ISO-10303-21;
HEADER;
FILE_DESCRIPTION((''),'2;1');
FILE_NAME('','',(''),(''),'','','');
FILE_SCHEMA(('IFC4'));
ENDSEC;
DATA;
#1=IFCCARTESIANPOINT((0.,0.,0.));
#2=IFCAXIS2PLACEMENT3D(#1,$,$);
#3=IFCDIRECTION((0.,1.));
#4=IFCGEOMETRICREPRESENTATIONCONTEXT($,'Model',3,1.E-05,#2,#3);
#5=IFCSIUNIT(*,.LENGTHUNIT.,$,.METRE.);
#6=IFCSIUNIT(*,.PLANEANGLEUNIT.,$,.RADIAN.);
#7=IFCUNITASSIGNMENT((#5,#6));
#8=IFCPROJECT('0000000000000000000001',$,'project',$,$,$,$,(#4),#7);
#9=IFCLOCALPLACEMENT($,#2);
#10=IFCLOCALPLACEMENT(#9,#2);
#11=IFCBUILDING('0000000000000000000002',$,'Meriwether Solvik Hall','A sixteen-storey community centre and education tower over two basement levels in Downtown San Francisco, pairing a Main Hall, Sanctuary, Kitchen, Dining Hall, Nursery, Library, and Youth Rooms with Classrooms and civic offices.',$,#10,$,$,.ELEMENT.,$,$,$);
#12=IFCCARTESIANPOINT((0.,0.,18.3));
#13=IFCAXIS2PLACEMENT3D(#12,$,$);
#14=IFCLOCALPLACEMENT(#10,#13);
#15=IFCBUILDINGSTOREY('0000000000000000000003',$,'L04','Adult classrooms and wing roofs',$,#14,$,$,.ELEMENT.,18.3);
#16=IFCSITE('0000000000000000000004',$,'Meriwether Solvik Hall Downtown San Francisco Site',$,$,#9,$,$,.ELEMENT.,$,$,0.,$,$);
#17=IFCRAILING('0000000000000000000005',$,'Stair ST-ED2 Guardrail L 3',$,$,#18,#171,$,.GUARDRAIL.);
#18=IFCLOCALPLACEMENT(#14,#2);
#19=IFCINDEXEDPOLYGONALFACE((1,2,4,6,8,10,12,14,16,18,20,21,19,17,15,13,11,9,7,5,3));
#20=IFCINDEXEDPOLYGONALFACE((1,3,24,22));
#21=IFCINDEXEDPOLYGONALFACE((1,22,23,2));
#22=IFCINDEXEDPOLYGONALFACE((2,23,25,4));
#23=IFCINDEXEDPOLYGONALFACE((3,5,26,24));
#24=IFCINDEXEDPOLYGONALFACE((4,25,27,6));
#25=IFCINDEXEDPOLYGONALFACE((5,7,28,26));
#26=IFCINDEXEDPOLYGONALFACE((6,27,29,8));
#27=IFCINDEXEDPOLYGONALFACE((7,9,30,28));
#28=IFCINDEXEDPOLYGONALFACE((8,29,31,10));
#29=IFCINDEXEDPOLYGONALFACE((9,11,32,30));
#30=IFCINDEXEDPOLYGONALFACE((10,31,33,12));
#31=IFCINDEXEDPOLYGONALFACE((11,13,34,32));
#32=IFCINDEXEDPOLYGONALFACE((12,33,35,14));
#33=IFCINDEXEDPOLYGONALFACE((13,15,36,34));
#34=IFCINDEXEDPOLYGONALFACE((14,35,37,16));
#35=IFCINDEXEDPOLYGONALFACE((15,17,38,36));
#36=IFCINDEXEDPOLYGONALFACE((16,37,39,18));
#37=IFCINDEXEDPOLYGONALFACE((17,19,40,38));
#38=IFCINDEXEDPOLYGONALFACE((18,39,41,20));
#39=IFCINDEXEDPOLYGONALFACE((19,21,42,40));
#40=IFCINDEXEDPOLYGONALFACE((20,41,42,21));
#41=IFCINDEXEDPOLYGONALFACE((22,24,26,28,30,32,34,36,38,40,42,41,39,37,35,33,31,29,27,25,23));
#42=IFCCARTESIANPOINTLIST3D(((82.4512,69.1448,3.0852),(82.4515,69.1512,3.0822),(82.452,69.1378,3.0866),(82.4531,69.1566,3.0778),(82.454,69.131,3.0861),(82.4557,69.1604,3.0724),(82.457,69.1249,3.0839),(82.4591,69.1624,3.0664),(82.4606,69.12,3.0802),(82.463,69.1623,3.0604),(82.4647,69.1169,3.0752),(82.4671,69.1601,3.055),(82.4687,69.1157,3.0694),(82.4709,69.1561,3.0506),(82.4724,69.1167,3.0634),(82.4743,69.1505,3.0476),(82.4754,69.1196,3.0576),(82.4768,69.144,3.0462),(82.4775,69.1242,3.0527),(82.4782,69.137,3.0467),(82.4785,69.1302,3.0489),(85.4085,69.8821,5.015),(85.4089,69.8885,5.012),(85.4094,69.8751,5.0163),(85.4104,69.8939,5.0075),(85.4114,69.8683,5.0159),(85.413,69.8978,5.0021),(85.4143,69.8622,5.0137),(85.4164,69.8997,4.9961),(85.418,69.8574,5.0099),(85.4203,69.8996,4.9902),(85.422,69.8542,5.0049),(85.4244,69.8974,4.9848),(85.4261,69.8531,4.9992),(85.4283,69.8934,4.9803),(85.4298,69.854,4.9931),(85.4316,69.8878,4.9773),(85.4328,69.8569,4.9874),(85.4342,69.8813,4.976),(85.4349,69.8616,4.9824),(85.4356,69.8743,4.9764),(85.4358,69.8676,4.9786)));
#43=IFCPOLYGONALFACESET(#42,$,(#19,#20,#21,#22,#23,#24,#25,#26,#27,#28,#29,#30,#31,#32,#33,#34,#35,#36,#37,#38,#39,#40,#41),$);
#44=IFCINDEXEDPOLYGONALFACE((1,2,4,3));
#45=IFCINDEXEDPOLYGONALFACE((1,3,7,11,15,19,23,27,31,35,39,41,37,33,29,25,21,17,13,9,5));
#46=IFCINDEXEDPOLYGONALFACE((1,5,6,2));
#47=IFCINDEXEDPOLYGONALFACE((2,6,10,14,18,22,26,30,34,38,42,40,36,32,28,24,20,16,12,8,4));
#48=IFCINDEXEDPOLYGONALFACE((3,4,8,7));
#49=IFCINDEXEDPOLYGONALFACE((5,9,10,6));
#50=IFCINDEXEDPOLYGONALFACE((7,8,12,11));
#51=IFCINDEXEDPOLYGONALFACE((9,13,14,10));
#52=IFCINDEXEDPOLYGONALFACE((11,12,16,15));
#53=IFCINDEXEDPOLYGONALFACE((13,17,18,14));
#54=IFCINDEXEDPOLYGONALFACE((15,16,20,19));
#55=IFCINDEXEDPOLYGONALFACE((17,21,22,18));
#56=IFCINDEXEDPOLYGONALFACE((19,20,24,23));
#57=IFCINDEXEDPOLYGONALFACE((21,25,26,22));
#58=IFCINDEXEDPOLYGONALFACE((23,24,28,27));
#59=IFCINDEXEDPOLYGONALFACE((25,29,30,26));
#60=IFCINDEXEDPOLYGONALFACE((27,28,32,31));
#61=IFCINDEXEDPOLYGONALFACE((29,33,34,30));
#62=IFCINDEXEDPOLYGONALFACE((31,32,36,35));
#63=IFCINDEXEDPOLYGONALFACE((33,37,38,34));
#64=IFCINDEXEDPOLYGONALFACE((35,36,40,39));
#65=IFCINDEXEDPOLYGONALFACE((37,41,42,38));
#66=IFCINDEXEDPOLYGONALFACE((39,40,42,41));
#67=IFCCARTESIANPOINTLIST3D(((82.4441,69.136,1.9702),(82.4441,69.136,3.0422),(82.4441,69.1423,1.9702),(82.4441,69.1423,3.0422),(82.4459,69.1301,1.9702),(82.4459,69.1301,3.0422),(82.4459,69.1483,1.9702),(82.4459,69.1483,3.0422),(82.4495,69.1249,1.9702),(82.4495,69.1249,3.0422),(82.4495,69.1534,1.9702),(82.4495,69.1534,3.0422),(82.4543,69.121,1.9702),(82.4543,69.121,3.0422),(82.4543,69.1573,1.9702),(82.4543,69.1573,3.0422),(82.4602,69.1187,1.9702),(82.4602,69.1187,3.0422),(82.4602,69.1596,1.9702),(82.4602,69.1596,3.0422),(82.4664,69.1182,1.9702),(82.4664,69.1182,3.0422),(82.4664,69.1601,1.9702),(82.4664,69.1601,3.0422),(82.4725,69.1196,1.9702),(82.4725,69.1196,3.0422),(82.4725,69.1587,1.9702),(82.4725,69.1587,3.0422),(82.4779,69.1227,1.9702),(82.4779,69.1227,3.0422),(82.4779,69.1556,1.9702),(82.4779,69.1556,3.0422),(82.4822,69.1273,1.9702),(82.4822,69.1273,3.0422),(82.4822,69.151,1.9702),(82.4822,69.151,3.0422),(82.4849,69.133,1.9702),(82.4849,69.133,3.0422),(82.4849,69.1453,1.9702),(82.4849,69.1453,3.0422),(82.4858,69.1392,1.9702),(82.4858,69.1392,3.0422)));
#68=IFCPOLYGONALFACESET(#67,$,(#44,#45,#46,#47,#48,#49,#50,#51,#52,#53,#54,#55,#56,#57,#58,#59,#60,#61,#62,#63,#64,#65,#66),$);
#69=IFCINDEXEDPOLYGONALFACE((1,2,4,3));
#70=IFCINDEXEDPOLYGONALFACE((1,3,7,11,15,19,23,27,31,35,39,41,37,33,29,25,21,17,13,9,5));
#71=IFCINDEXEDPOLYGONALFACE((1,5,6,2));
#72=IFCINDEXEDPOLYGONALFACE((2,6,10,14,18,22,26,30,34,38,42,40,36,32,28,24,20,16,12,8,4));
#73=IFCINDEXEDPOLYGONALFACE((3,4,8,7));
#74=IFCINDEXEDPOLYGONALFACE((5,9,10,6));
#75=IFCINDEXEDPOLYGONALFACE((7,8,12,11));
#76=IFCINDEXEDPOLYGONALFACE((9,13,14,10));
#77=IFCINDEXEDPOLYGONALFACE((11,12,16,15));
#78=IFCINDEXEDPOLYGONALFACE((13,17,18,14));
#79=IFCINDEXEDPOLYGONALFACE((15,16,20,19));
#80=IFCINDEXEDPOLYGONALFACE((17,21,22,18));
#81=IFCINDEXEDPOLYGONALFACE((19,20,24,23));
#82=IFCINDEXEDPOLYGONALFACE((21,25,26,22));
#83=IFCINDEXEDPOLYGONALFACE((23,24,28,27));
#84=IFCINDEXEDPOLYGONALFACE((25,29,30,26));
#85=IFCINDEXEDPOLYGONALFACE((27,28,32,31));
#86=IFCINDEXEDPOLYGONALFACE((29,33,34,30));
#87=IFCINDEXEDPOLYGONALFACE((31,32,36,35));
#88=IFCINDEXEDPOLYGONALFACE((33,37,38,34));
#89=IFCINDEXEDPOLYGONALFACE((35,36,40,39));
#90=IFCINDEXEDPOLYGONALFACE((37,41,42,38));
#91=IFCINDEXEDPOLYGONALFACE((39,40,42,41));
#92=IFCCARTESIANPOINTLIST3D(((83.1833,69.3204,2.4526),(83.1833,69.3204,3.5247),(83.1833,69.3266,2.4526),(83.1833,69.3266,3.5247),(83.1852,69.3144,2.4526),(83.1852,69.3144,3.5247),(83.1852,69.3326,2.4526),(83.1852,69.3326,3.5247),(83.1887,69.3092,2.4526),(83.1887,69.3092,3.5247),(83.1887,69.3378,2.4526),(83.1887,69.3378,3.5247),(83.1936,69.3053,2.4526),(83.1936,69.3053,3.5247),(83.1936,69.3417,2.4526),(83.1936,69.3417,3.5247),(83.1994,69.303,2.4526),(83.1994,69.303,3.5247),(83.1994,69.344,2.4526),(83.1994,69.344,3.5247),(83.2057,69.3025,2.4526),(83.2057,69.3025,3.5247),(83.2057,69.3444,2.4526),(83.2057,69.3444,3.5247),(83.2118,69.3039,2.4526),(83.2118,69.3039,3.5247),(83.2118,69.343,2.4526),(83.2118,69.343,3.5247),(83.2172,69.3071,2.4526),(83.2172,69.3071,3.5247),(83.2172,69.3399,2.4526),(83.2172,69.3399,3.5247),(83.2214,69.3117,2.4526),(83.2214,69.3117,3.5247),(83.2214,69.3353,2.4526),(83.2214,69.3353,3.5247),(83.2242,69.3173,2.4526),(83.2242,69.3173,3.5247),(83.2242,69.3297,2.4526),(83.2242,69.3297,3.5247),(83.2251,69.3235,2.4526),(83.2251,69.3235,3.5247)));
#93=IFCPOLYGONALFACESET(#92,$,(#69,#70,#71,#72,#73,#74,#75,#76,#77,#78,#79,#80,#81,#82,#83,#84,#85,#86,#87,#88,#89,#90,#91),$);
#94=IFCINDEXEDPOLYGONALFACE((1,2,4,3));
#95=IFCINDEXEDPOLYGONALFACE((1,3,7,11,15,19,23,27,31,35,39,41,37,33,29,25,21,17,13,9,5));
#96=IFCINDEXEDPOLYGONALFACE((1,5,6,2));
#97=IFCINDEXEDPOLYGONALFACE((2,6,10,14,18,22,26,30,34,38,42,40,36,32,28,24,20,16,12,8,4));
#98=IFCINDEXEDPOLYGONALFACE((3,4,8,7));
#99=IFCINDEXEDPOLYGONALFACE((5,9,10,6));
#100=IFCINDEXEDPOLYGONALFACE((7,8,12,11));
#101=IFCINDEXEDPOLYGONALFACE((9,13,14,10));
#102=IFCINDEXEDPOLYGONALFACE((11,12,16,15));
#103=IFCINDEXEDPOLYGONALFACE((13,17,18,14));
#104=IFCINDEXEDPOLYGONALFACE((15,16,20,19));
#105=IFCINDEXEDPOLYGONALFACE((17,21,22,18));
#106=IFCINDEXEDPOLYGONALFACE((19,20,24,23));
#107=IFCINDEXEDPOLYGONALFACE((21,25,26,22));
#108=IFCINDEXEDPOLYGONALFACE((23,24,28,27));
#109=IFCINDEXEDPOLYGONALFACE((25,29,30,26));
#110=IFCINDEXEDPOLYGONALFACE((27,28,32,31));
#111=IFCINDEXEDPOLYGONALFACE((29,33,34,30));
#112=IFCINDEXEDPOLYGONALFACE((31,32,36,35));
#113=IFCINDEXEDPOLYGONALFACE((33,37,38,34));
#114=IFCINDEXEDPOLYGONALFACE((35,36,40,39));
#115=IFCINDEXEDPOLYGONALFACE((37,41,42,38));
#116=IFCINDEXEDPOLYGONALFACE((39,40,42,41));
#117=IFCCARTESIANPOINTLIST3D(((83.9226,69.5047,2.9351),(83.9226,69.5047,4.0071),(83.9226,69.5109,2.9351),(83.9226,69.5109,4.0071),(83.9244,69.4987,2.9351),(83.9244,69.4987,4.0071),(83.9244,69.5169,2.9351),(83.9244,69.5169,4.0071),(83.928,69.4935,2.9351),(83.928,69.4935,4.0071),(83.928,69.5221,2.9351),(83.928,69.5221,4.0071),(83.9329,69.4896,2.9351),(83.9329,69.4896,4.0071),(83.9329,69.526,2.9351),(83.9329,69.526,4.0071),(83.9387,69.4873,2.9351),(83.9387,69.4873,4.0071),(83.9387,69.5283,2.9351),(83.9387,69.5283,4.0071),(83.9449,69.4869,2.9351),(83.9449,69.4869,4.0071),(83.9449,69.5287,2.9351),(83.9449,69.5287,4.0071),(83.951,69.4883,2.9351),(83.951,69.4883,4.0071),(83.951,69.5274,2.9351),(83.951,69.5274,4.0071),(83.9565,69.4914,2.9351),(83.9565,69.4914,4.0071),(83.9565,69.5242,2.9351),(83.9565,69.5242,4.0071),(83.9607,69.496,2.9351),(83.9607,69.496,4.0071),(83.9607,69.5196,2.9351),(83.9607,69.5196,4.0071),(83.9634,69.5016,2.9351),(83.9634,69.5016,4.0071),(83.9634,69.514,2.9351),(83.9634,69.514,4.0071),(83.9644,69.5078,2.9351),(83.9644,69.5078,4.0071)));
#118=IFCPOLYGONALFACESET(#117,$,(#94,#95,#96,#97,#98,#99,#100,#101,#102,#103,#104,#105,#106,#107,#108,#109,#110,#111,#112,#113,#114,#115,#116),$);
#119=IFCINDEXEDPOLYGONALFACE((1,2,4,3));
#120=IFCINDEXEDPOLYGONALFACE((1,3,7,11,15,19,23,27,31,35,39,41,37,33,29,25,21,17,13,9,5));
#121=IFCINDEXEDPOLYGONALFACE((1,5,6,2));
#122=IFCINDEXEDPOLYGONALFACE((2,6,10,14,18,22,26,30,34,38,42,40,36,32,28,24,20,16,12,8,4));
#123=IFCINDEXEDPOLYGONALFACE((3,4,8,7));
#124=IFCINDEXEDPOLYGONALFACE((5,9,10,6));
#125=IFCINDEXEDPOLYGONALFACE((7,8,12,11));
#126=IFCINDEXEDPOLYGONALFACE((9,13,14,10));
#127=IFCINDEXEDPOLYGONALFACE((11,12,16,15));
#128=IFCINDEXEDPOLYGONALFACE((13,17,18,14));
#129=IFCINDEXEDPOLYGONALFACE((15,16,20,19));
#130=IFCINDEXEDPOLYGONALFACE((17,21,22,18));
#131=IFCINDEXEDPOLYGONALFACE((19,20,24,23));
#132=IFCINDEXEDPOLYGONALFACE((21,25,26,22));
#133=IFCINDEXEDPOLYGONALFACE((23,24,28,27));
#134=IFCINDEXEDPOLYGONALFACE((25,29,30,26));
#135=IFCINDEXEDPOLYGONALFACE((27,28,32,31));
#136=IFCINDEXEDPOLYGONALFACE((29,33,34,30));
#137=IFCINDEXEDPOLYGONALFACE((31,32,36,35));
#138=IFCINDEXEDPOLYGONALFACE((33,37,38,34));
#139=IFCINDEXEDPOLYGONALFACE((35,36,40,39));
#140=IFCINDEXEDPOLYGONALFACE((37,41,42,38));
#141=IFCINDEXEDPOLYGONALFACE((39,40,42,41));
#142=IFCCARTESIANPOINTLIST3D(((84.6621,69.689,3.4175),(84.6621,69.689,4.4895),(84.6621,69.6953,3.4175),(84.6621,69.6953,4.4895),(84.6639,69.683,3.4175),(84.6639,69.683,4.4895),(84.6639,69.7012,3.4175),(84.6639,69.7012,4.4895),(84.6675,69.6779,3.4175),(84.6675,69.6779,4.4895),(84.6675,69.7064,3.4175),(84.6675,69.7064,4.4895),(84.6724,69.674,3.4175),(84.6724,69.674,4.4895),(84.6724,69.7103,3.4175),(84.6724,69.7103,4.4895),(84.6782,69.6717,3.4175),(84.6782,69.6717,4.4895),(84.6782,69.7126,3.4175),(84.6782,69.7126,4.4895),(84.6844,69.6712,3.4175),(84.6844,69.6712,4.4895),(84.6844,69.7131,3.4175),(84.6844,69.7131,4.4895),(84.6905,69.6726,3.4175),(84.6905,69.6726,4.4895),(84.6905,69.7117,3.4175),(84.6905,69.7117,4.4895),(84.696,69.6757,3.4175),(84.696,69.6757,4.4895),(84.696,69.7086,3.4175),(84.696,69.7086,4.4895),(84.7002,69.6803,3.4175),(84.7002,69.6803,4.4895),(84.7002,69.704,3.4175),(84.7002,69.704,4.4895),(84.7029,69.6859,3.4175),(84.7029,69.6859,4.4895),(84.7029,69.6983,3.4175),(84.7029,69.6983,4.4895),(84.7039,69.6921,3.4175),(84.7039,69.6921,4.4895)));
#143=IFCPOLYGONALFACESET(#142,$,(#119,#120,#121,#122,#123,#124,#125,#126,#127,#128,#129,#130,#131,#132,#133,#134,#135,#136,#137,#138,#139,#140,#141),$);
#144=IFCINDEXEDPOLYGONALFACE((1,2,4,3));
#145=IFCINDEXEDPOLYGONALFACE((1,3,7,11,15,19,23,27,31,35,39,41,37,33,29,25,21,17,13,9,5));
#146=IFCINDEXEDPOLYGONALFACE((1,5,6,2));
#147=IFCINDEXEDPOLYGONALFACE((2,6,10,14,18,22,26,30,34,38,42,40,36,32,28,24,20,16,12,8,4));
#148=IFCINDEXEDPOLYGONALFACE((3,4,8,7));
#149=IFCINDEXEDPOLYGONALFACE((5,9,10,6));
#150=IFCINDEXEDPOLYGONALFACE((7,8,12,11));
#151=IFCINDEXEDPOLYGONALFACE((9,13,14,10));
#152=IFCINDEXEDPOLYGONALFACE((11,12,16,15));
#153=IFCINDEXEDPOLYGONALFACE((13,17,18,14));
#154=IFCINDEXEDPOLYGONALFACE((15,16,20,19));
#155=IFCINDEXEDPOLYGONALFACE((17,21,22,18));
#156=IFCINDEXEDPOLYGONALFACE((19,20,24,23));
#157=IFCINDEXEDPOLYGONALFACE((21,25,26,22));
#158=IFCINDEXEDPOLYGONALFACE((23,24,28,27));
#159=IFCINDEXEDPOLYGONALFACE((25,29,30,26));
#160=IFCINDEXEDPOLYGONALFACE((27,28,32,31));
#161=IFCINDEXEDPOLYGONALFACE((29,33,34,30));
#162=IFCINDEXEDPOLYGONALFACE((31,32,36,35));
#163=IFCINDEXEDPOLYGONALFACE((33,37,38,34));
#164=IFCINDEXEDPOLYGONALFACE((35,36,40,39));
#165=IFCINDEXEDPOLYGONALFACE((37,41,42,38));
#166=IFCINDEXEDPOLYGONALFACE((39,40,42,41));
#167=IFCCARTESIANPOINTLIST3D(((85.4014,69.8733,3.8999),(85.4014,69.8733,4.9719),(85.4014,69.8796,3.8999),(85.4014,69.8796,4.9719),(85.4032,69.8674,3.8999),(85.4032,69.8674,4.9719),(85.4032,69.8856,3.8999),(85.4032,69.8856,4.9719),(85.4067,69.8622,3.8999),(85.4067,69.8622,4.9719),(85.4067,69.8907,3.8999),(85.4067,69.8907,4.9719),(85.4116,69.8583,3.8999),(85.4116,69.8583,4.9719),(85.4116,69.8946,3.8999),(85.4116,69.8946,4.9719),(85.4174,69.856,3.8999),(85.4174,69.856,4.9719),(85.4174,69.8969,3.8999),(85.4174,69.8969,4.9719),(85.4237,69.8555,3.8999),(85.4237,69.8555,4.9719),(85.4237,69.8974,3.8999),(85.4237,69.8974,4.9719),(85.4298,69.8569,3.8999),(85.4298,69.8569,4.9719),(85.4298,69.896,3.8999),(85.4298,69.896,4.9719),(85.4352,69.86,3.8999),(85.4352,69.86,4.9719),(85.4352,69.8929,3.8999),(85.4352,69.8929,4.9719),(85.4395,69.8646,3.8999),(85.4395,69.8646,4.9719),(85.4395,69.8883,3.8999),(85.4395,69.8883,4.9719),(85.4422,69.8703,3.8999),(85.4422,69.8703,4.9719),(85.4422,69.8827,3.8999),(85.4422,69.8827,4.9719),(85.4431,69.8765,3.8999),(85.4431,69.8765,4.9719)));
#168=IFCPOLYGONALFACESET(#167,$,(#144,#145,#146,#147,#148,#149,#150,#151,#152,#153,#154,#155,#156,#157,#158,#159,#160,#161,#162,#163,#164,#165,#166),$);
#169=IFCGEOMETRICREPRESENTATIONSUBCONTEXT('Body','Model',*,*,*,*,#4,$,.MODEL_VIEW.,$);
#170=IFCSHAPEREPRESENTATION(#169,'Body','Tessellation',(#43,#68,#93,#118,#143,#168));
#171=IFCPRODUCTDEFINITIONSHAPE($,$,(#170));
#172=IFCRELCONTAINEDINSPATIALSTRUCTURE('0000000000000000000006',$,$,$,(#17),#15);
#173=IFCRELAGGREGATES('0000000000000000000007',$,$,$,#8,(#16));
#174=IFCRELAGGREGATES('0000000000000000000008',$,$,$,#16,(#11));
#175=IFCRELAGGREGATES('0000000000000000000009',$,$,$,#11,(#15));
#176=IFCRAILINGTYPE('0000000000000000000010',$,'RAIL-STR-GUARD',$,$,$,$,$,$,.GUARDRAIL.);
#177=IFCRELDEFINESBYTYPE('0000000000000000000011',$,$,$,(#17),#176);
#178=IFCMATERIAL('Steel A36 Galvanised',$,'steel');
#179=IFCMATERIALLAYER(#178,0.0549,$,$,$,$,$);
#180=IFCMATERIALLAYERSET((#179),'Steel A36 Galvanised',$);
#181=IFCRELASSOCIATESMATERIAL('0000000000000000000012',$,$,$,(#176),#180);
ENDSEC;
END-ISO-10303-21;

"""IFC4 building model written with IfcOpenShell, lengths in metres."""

from ifc_helpers import new_model, si_unit, direction, frame, origin, origin_2d, place, context, subcontext, project, spatial, circle, extrude, material, layer, layer_set, type_object, element, save


model = new_model("IFC4")

# Units and contexts
model_context = context("Model", 3, precision=1e-05, world=origin(), true_north=direction((0.0, 1.0)))
body_context = subcontext(model_context, "Body", "Model", "MODEL_VIEW")
ifc_project = project(units=[si_unit("LENGTHUNIT", "METRE"), si_unit("PLANEANGLEUNIT", "RADIAN")], contexts=[model_context])

# Site, building, storey
site_placement = place(None, origin())
site = spatial("IfcSite", under=ifc_project, at=site_placement, Name="Meriwether Solvik Hall Downtown San Francisco Site", CompositionType="ELEMENT", RefElevation=0.0)
building_placement = place(site_placement, origin())
building = spatial("IfcBuilding", under=site, at=building_placement, Name="Meriwether Solvik Hall", Description="A sixteen-storey community centre and education tower over two basement levels in Downtown San Francisco, pairing a Main Hall, Sanctuary, Kitchen, Dining Hall, Nursery, Library, and Youth Rooms with Classrooms and civic offices.", CompositionType="ELEMENT")
storey_placement = place(building_placement, frame((0.0, 0.0, 18.3)))
storey = spatial("IfcBuildingStorey", under=building, at=storey_placement, Name="L04", Description="Adult classrooms and wing roofs", CompositionType="ELEMENT", Elevation=18.3)

# Railing
ifc_material_1 = material(Name="Steel A36 Galvanised", Category="steel")
ifc_layer_1 = layer(ifc_material_1, 0.0549)
ifc_layer_set_1 = layer_set([ifc_layer_1], Name="Steel A36 Galvanised")
railing_type_1 = type_object("IfcRailingType", Name="RAIL-STR-GUARD", PredefinedType="GUARDRAIL", material=ifc_layer_set_1)
railing_1_placement = place(storey_placement, frame((82.4648, 69.1392, 1.9702)))
element("IfcRailing", 1, at=railing_1_placement, inside=storey, type_object=railing_type_1, Name="Stair ST-ED2 Guardrail L 3", PredefinedType="GUARDRAIL", context=body_context, shape_type="SweptSolid", body=[
    extrude(circle(Radius=0.0239, at=origin_2d()), frame((0.0, 0.0, 1.0962), z_axis=(0.819797, 0.204391, 0.534936), x_axis=(-0.241914, 0.970298, 0.0)), (0.0, 0.0, 1.0), 3.6074),
    extrude(circle(Radius=0.021, at=origin_2d()), origin(), (0.0, 0.0, 1.0), 1.072),
    extrude(circle(Radius=0.021, at=origin_2d()), frame((0.7393, 0.1843, 0.4824)), (0.0, 0.0, 1.0), 1.072),
    extrude(circle(Radius=0.021, at=origin_2d()), frame((1.4785, 0.3687, 0.9648)), (0.0, 0.0, 1.0), 1.072),
    extrude(circle(Radius=0.021, at=origin_2d()), frame((2.218, 0.553, 1.4473)), (0.0, 0.0, 1.0), 1.072),
    extrude(circle(Radius=0.021, at=origin_2d()), frame((2.9573, 0.7373, 1.9297)), (0.0, 0.0, 1.0), 1.072),
])

save(model, "model.ifc")
